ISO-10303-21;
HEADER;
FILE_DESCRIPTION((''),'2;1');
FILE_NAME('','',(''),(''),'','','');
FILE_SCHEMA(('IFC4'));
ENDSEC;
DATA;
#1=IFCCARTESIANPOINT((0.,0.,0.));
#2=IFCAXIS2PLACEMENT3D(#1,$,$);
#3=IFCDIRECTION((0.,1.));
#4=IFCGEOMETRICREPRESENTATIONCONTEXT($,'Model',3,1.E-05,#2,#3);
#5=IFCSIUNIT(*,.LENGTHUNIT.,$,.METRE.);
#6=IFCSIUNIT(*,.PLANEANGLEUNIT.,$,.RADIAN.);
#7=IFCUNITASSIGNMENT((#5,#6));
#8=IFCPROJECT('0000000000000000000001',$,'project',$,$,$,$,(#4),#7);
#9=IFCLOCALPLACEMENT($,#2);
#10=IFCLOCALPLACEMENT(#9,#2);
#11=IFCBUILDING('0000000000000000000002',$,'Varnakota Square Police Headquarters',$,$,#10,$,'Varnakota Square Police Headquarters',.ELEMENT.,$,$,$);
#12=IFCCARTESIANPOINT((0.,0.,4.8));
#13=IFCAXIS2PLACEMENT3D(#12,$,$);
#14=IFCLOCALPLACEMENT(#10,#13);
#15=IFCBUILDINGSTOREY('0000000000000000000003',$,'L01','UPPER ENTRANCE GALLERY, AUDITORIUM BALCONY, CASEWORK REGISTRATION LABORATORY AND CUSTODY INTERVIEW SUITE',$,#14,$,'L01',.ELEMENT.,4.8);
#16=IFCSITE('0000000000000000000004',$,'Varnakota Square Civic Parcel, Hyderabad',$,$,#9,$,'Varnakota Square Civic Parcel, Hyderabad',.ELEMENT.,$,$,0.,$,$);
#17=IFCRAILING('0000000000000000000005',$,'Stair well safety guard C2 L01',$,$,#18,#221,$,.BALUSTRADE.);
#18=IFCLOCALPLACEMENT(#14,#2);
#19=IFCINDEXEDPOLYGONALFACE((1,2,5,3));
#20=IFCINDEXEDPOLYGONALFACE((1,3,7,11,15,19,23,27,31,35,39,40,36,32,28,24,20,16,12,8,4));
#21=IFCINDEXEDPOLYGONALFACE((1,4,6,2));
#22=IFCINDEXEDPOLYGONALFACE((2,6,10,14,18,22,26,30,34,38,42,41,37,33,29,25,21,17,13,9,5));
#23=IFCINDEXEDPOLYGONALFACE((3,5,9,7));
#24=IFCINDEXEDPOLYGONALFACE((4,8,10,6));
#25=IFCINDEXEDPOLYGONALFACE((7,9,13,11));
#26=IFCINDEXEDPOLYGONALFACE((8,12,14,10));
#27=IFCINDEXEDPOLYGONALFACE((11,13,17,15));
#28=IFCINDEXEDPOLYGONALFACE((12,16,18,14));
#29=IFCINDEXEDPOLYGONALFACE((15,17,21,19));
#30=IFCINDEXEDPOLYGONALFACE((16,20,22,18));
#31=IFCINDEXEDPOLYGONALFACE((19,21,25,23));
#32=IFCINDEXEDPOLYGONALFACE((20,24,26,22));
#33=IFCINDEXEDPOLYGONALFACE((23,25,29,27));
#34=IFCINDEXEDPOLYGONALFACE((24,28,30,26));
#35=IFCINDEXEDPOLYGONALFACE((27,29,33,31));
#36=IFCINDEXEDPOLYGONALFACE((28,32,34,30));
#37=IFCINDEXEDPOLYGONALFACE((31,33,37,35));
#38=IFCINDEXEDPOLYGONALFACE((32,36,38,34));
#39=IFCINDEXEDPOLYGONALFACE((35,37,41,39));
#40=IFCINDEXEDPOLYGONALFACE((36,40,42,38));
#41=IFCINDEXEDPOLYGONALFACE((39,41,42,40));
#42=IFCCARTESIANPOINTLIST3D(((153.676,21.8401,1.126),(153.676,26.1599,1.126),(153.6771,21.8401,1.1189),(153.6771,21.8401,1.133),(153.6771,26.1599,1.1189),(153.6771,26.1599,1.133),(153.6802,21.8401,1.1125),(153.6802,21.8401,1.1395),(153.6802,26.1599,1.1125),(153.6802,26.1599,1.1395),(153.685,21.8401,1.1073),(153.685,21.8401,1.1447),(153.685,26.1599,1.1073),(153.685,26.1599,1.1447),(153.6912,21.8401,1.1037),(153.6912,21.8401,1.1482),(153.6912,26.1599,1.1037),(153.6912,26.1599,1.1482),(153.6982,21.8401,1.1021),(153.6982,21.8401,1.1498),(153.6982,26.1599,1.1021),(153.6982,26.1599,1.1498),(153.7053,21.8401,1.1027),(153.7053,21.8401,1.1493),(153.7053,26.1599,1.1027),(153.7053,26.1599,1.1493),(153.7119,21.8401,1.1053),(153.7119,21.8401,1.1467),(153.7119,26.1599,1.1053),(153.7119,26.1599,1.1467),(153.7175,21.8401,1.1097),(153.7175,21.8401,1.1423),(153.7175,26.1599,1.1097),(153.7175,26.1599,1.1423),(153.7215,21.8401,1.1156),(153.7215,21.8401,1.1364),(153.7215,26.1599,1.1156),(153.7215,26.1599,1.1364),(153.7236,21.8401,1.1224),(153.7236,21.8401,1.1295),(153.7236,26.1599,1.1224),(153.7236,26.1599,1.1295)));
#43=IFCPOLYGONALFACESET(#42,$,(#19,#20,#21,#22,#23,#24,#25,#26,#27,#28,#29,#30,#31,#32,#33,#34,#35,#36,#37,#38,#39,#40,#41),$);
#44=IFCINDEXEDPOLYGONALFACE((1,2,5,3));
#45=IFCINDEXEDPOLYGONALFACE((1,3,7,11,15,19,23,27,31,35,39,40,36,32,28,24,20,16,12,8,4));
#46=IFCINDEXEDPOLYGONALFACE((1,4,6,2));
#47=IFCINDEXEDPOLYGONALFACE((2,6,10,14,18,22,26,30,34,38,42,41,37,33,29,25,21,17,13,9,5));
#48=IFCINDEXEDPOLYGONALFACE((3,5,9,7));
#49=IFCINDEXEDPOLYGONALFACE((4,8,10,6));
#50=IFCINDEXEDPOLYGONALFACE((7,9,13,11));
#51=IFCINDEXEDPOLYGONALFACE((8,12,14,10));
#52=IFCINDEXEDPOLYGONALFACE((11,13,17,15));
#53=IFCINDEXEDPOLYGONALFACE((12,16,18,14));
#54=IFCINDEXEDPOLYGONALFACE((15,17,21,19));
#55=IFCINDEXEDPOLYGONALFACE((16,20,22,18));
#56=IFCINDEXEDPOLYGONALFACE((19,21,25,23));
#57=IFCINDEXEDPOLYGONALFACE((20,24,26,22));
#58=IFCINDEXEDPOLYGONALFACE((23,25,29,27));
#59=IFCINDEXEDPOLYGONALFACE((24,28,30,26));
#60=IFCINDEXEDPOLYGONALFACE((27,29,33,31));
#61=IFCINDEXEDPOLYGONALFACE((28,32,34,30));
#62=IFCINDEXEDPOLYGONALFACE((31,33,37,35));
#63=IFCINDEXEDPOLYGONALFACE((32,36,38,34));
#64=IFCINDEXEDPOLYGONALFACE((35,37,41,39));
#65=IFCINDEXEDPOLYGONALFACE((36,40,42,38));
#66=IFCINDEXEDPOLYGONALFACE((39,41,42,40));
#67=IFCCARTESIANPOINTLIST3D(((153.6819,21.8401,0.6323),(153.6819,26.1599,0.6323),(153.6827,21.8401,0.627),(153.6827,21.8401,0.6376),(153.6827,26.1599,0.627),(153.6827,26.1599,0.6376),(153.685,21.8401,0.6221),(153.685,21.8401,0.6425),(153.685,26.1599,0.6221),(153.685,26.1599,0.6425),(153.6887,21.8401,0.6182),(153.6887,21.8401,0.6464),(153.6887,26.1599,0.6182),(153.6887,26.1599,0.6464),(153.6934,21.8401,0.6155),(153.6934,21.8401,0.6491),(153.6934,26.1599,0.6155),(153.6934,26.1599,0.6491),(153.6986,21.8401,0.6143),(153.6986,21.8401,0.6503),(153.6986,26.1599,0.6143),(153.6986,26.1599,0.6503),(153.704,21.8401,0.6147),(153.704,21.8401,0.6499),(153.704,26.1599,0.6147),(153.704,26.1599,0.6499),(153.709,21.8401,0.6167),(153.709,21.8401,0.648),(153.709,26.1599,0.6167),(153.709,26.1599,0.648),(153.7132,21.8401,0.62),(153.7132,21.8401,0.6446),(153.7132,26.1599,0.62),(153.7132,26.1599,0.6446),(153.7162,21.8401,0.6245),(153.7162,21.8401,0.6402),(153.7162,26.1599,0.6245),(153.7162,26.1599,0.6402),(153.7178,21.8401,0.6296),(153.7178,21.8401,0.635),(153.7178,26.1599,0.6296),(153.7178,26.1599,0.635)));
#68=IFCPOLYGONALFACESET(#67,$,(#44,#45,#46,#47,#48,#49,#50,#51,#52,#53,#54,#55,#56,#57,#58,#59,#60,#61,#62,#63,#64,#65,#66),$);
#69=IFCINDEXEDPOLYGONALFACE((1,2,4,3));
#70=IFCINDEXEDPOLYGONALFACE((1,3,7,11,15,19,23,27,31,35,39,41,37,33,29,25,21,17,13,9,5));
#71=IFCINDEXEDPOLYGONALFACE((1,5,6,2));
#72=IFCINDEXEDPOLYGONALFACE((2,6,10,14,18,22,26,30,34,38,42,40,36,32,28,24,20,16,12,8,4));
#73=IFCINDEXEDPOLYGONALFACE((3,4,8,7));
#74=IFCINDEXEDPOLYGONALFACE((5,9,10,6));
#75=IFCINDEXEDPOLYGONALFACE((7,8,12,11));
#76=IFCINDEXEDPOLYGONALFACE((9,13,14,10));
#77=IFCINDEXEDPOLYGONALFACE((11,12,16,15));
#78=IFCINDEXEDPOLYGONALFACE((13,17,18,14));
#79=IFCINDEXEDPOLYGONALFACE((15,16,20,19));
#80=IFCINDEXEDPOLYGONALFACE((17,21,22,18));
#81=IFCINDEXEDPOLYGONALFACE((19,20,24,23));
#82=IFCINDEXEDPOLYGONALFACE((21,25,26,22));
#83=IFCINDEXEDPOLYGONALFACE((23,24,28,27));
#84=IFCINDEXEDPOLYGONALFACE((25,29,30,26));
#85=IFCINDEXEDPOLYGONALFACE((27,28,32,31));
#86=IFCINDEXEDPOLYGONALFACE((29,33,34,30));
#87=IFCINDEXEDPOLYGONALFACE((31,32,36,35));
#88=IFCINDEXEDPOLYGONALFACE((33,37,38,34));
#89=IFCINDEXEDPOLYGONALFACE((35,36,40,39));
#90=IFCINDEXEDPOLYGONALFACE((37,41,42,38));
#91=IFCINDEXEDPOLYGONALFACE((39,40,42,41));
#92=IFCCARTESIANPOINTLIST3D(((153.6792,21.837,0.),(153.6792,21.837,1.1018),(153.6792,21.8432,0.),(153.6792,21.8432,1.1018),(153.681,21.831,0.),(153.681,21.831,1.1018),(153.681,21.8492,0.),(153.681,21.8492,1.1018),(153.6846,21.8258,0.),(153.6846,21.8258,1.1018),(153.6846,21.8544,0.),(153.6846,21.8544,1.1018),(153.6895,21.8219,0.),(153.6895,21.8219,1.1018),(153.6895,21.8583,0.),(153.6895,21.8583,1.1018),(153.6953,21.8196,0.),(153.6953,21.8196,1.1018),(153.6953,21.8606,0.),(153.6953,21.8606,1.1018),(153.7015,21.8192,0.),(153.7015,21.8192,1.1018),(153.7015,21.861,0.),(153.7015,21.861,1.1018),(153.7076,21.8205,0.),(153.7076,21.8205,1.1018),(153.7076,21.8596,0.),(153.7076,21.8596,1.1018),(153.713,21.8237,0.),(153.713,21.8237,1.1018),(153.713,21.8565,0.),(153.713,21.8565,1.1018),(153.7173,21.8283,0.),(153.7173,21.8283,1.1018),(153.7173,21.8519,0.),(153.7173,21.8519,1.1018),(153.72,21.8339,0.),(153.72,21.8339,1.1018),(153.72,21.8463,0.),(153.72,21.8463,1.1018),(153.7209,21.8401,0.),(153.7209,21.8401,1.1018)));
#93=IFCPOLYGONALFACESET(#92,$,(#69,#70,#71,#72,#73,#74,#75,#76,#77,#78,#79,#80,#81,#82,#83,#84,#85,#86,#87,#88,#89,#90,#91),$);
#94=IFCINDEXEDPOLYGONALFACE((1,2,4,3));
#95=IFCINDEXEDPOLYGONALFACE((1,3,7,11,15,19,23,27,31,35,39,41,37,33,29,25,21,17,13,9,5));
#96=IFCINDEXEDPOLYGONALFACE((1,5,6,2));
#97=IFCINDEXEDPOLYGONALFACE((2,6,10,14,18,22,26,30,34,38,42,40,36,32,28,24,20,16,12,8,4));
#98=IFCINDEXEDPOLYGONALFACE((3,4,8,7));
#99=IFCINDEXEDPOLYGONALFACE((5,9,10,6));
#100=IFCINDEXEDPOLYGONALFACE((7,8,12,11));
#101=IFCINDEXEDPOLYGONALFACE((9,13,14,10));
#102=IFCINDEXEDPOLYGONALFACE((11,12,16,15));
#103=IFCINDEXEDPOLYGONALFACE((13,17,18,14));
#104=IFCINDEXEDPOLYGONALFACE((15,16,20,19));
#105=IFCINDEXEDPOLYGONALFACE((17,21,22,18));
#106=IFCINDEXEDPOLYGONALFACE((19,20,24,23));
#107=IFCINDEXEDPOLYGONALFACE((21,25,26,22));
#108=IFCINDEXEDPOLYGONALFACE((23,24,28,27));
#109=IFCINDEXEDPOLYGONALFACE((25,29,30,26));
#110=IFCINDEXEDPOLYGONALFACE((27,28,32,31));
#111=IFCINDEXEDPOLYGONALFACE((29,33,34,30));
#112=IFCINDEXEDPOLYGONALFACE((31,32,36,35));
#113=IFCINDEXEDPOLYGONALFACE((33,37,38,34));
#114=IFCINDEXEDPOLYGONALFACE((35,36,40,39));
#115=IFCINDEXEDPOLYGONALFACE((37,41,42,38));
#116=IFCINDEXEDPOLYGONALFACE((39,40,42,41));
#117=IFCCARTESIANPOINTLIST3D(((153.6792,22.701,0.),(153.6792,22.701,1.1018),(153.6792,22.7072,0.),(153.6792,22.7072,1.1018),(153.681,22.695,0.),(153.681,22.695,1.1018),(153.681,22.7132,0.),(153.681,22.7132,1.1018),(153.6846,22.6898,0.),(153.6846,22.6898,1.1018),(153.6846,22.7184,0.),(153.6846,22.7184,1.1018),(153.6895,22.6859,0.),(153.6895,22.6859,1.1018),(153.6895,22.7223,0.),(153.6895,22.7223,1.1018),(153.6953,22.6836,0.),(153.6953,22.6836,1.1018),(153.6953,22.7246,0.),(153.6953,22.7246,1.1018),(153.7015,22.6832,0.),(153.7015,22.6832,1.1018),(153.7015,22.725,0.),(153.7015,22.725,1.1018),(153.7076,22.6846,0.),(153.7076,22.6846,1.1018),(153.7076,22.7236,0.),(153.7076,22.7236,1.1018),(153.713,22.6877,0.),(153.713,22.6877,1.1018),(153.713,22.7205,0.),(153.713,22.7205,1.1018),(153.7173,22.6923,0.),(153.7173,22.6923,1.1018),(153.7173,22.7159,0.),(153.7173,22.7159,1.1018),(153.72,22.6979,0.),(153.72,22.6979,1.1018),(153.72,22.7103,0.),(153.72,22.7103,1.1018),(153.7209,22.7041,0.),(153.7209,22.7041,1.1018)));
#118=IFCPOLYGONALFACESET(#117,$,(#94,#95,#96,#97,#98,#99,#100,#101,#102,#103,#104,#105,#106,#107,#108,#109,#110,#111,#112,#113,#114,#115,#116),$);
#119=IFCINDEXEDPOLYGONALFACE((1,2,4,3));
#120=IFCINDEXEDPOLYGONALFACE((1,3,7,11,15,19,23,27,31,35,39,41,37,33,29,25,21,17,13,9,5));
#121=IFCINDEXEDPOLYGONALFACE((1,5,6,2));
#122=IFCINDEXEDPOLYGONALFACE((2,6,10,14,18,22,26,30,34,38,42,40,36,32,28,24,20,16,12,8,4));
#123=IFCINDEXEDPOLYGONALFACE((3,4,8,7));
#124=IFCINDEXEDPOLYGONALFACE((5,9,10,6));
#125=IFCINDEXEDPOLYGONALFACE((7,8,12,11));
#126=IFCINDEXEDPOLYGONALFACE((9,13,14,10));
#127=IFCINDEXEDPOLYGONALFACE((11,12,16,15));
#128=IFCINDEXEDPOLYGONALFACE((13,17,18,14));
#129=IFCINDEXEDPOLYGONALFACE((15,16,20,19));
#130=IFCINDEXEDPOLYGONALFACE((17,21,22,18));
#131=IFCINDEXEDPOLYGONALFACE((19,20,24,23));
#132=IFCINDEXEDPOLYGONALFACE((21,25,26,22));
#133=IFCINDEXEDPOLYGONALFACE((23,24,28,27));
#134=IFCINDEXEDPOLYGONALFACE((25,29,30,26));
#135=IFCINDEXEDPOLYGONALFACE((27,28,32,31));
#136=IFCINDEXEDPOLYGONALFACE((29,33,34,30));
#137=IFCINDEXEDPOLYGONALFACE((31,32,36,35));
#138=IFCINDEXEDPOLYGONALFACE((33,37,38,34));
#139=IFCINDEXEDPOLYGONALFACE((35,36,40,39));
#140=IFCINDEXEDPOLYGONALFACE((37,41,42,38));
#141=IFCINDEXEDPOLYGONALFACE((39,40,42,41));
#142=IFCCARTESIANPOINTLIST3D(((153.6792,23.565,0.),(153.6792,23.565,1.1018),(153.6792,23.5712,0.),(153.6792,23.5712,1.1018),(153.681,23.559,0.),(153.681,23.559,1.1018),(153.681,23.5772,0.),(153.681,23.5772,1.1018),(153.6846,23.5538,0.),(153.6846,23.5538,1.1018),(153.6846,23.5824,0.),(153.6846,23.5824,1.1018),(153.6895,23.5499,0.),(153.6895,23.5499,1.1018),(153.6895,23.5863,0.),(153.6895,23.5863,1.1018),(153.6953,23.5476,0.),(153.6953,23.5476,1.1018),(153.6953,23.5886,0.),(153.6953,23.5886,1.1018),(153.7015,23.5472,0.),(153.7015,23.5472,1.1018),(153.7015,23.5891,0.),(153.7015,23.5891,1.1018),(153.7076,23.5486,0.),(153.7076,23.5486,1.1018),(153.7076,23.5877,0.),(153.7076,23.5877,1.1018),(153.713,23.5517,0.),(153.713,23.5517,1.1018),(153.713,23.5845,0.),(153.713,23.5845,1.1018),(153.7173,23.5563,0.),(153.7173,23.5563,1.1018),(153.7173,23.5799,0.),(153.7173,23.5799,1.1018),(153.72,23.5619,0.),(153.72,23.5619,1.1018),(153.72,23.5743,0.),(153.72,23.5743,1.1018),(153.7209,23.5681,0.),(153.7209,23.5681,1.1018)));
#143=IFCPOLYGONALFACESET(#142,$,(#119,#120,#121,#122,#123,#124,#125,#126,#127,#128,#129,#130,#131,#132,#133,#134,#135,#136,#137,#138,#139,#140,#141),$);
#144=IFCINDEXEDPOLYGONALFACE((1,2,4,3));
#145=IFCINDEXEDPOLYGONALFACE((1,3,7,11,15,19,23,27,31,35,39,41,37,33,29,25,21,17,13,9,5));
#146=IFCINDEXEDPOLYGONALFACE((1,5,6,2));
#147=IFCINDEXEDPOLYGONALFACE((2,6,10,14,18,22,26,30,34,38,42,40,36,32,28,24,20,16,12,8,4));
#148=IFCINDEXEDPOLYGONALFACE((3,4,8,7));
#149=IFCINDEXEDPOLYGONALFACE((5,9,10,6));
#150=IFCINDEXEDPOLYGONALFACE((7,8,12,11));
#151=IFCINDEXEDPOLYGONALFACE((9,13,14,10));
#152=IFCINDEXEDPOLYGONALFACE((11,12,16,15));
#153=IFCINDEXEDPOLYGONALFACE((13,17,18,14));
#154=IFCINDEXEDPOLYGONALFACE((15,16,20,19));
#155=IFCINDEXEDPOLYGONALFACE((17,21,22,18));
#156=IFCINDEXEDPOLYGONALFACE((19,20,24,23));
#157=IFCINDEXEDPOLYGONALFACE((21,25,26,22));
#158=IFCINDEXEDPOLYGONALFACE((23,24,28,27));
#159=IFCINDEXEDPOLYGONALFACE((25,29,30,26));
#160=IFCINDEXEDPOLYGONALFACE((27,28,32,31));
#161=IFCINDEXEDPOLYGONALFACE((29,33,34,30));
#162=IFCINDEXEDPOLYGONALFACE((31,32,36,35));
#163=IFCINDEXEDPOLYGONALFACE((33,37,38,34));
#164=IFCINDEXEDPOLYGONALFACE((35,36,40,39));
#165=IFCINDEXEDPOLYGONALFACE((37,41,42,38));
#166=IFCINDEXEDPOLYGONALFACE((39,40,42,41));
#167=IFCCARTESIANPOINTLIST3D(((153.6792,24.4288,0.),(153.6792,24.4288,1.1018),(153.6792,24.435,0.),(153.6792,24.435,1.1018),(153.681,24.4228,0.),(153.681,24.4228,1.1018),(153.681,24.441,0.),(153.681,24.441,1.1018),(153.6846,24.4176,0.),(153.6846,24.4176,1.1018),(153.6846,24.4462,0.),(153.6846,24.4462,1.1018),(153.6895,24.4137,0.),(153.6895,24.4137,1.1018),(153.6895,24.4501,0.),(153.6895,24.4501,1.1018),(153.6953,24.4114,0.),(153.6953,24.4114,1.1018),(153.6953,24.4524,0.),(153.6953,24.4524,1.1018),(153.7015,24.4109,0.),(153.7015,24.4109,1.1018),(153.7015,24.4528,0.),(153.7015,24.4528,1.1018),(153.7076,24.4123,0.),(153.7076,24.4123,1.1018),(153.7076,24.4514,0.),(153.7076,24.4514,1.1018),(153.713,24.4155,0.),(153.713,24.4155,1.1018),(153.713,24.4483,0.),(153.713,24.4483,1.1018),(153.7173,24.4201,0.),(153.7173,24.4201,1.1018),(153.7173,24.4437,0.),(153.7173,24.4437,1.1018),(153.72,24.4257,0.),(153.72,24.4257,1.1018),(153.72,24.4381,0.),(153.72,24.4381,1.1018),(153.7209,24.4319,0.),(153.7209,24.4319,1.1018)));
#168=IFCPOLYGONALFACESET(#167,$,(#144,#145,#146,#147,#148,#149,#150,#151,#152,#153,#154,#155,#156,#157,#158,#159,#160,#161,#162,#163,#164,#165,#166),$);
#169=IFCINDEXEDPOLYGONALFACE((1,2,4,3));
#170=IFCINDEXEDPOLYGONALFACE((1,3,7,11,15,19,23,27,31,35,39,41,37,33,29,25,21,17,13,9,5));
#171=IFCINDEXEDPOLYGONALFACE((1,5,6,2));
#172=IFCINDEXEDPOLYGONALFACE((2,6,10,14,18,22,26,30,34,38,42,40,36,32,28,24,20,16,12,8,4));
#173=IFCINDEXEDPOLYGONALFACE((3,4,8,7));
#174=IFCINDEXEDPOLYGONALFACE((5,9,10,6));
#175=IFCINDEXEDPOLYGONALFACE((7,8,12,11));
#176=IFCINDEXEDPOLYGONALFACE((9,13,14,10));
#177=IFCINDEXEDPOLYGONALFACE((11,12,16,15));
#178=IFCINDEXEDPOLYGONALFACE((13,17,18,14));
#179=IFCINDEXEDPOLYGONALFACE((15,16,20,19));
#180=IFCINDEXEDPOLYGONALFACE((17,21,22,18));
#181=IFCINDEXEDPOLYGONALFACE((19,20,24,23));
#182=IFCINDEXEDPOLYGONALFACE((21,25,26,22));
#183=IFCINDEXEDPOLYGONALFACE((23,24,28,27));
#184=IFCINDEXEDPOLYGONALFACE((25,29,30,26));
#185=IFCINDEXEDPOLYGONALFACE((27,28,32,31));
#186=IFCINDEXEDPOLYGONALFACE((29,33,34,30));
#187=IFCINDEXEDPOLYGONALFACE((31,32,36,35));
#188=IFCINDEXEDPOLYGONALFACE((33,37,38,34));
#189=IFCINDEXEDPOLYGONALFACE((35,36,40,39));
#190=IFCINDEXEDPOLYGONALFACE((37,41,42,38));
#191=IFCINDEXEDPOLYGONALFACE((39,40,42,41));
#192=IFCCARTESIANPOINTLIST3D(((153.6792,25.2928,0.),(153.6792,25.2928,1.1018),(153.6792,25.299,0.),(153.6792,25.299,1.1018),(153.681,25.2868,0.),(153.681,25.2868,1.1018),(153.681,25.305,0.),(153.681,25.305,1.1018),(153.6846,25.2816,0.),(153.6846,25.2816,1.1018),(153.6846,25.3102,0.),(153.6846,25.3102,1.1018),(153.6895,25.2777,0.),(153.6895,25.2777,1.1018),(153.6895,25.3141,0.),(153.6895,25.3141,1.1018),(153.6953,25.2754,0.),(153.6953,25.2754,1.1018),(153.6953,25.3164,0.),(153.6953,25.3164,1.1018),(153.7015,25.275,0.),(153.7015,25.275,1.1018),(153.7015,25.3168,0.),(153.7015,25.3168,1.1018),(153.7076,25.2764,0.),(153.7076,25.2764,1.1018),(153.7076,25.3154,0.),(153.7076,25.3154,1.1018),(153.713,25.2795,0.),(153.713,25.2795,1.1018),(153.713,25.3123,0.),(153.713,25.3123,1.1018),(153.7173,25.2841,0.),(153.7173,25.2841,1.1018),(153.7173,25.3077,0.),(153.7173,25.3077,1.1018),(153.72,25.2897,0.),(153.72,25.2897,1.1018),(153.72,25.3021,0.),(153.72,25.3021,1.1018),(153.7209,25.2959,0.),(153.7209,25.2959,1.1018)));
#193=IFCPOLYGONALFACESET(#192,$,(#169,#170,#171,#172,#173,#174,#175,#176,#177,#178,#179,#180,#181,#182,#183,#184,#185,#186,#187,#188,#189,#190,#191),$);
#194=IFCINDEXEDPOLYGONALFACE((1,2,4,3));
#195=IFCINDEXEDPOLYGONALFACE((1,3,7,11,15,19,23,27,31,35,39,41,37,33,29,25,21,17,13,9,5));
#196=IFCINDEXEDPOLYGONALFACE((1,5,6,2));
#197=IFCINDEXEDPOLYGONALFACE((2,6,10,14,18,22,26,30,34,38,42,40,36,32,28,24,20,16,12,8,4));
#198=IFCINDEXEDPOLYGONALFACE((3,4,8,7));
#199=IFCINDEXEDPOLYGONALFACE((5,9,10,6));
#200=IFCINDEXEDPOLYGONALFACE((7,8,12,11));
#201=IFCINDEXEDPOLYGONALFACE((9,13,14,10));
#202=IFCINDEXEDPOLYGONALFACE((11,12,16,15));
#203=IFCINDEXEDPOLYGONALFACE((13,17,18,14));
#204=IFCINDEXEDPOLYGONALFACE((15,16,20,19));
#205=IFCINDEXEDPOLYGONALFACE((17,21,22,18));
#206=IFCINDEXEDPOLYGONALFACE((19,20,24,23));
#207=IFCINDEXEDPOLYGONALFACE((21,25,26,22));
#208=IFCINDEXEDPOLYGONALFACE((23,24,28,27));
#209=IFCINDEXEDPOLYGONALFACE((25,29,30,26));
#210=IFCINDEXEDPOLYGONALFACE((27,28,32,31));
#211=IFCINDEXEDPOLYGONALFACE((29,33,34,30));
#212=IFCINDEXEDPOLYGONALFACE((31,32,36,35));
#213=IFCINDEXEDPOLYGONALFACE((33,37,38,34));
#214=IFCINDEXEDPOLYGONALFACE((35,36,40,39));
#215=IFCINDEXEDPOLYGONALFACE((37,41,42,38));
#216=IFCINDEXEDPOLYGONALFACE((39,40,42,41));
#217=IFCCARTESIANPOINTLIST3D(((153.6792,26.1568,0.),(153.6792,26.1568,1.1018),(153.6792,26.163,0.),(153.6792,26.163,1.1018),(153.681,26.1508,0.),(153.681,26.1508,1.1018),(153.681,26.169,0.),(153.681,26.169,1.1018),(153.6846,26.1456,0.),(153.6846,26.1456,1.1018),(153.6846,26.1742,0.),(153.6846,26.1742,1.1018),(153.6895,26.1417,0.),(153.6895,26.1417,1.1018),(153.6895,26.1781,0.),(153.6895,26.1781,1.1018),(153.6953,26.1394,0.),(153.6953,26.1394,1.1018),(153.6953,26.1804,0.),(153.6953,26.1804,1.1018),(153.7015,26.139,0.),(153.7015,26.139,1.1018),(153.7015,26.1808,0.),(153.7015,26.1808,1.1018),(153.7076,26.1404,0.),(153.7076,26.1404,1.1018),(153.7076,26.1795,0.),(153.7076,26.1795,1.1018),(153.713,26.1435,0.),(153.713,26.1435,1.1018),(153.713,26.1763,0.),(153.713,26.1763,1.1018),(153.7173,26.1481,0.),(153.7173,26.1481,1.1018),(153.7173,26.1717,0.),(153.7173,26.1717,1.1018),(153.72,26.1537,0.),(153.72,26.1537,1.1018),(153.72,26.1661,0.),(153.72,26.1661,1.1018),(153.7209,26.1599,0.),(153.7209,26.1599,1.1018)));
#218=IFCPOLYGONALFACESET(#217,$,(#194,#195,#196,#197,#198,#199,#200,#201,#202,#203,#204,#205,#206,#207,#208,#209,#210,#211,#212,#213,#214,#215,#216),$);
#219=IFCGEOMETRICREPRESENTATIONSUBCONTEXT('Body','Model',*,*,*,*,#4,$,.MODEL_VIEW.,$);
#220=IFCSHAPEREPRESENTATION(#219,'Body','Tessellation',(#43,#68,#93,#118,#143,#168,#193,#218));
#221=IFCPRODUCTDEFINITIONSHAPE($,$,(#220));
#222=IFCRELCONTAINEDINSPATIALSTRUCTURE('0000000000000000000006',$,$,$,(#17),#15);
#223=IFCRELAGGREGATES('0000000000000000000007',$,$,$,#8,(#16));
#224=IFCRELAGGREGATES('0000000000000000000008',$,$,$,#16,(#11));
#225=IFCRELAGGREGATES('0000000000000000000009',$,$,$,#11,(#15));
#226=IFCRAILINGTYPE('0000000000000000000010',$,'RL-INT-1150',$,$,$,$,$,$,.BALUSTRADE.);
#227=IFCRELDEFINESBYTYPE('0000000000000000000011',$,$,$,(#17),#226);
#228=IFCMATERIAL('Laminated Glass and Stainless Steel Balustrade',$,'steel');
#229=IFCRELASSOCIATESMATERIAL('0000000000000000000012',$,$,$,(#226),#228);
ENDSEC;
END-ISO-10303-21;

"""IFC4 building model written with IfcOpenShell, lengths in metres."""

from ifc_helpers import new_model, si_unit, direction, frame, origin, origin_2d, place, context, subcontext, project, spatial, circle, extrude, material, type_object, element, save


model = new_model("IFC4")

# Units and contexts
model_context = context("Model", 3, precision=1e-05, world=origin(), true_north=direction((0.0, 1.0)))
body_context = subcontext(model_context, "Body", "Model", "MODEL_VIEW")
ifc_project = project(units=[si_unit("LENGTHUNIT", "METRE"), si_unit("PLANEANGLEUNIT", "RADIAN")], contexts=[model_context])

# Site, building, storey
site_placement = place(None, origin())
site = spatial("IfcSite", under=ifc_project, at=site_placement, Name="Varnakota Square Civic Parcel, Hyderabad", LongName="Varnakota Square Civic Parcel, Hyderabad", CompositionType="ELEMENT", RefElevation=0.0)
building_placement = place(site_placement, origin())
building = spatial("IfcBuilding", under=site, at=building_placement, Name="Varnakota Square Police Headquarters", LongName="Varnakota Square Police Headquarters", CompositionType="ELEMENT")
storey_placement = place(building_placement, frame((0.0, 0.0, 4.8)))
storey = spatial("IfcBuildingStorey", under=building, at=storey_placement, Name="L01", Description="UPPER ENTRANCE GALLERY, AUDITORIUM BALCONY, CASEWORK REGISTRATION LABORATORY AND CUSTODY INTERVIEW SUITE", LongName="L01", CompositionType="ELEMENT", Elevation=4.8)

# Railing
ifc_material_1 = material(Name="Laminated Glass and Stainless Steel Balustrade", Category="steel")
railing_type_1 = type_object("IfcRailingType", Name="RL-INT-1150", PredefinedType="BALUSTRADE", material=ifc_material_1)
railing_1_placement = place(storey_placement, frame((153.7, 21.8401, 0.0)))
element("IfcRailing", 1, at=railing_1_placement, inside=storey, type_object=railing_type_1, Name="Stair well safety guard C2 L01", PredefinedType="BALUSTRADE", context=body_context, shape_type="SweptSolid", body=[
    extrude(circle(Radius=0.0239, at=origin_2d()), frame((0.0, 0.0, 1.126), z_axis=(0.0, 1.0, 0.0), x_axis=(-1.0, 0.0, 0.0)), (0.0, 0.0, 1.0), 4.3198),
    extrude(circle(Radius=0.0181, at=origin_2d()), frame((0.0, 0.0, 0.6323), z_axis=(0.0, 1.0, 0.0), x_axis=(-1.0, 0.0, 0.0)), (0.0, 0.0, 1.0), 4.3198),
    extrude(circle(Radius=0.021, at=origin_2d()), origin(), (0.0, 0.0, 1.0), 1.1018),
    extrude(circle(Radius=0.021, at=origin_2d()), frame((0.0, 0.864, 0.0)), (0.0, 0.0, 1.0), 1.1018),
    extrude(circle(Radius=0.021, at=origin_2d()), frame((0.0, 1.728, 0.0)), (0.0, 0.0, 1.0), 1.1018),
    extrude(circle(Radius=0.021, at=origin_2d()), frame((0.0, 2.5918, 0.0)), (0.0, 0.0, 1.0), 1.1018),
    extrude(circle(Radius=0.021, at=origin_2d()), frame((0.0, 3.4558, 0.0)), (0.0, 0.0, 1.0), 1.1018),
    extrude(circle(Radius=0.021, at=origin_2d()), frame((0.0, 4.3198, 0.0)), (0.0, 0.0, 1.0), 1.1018),
])

save(model, "model.ifc")
